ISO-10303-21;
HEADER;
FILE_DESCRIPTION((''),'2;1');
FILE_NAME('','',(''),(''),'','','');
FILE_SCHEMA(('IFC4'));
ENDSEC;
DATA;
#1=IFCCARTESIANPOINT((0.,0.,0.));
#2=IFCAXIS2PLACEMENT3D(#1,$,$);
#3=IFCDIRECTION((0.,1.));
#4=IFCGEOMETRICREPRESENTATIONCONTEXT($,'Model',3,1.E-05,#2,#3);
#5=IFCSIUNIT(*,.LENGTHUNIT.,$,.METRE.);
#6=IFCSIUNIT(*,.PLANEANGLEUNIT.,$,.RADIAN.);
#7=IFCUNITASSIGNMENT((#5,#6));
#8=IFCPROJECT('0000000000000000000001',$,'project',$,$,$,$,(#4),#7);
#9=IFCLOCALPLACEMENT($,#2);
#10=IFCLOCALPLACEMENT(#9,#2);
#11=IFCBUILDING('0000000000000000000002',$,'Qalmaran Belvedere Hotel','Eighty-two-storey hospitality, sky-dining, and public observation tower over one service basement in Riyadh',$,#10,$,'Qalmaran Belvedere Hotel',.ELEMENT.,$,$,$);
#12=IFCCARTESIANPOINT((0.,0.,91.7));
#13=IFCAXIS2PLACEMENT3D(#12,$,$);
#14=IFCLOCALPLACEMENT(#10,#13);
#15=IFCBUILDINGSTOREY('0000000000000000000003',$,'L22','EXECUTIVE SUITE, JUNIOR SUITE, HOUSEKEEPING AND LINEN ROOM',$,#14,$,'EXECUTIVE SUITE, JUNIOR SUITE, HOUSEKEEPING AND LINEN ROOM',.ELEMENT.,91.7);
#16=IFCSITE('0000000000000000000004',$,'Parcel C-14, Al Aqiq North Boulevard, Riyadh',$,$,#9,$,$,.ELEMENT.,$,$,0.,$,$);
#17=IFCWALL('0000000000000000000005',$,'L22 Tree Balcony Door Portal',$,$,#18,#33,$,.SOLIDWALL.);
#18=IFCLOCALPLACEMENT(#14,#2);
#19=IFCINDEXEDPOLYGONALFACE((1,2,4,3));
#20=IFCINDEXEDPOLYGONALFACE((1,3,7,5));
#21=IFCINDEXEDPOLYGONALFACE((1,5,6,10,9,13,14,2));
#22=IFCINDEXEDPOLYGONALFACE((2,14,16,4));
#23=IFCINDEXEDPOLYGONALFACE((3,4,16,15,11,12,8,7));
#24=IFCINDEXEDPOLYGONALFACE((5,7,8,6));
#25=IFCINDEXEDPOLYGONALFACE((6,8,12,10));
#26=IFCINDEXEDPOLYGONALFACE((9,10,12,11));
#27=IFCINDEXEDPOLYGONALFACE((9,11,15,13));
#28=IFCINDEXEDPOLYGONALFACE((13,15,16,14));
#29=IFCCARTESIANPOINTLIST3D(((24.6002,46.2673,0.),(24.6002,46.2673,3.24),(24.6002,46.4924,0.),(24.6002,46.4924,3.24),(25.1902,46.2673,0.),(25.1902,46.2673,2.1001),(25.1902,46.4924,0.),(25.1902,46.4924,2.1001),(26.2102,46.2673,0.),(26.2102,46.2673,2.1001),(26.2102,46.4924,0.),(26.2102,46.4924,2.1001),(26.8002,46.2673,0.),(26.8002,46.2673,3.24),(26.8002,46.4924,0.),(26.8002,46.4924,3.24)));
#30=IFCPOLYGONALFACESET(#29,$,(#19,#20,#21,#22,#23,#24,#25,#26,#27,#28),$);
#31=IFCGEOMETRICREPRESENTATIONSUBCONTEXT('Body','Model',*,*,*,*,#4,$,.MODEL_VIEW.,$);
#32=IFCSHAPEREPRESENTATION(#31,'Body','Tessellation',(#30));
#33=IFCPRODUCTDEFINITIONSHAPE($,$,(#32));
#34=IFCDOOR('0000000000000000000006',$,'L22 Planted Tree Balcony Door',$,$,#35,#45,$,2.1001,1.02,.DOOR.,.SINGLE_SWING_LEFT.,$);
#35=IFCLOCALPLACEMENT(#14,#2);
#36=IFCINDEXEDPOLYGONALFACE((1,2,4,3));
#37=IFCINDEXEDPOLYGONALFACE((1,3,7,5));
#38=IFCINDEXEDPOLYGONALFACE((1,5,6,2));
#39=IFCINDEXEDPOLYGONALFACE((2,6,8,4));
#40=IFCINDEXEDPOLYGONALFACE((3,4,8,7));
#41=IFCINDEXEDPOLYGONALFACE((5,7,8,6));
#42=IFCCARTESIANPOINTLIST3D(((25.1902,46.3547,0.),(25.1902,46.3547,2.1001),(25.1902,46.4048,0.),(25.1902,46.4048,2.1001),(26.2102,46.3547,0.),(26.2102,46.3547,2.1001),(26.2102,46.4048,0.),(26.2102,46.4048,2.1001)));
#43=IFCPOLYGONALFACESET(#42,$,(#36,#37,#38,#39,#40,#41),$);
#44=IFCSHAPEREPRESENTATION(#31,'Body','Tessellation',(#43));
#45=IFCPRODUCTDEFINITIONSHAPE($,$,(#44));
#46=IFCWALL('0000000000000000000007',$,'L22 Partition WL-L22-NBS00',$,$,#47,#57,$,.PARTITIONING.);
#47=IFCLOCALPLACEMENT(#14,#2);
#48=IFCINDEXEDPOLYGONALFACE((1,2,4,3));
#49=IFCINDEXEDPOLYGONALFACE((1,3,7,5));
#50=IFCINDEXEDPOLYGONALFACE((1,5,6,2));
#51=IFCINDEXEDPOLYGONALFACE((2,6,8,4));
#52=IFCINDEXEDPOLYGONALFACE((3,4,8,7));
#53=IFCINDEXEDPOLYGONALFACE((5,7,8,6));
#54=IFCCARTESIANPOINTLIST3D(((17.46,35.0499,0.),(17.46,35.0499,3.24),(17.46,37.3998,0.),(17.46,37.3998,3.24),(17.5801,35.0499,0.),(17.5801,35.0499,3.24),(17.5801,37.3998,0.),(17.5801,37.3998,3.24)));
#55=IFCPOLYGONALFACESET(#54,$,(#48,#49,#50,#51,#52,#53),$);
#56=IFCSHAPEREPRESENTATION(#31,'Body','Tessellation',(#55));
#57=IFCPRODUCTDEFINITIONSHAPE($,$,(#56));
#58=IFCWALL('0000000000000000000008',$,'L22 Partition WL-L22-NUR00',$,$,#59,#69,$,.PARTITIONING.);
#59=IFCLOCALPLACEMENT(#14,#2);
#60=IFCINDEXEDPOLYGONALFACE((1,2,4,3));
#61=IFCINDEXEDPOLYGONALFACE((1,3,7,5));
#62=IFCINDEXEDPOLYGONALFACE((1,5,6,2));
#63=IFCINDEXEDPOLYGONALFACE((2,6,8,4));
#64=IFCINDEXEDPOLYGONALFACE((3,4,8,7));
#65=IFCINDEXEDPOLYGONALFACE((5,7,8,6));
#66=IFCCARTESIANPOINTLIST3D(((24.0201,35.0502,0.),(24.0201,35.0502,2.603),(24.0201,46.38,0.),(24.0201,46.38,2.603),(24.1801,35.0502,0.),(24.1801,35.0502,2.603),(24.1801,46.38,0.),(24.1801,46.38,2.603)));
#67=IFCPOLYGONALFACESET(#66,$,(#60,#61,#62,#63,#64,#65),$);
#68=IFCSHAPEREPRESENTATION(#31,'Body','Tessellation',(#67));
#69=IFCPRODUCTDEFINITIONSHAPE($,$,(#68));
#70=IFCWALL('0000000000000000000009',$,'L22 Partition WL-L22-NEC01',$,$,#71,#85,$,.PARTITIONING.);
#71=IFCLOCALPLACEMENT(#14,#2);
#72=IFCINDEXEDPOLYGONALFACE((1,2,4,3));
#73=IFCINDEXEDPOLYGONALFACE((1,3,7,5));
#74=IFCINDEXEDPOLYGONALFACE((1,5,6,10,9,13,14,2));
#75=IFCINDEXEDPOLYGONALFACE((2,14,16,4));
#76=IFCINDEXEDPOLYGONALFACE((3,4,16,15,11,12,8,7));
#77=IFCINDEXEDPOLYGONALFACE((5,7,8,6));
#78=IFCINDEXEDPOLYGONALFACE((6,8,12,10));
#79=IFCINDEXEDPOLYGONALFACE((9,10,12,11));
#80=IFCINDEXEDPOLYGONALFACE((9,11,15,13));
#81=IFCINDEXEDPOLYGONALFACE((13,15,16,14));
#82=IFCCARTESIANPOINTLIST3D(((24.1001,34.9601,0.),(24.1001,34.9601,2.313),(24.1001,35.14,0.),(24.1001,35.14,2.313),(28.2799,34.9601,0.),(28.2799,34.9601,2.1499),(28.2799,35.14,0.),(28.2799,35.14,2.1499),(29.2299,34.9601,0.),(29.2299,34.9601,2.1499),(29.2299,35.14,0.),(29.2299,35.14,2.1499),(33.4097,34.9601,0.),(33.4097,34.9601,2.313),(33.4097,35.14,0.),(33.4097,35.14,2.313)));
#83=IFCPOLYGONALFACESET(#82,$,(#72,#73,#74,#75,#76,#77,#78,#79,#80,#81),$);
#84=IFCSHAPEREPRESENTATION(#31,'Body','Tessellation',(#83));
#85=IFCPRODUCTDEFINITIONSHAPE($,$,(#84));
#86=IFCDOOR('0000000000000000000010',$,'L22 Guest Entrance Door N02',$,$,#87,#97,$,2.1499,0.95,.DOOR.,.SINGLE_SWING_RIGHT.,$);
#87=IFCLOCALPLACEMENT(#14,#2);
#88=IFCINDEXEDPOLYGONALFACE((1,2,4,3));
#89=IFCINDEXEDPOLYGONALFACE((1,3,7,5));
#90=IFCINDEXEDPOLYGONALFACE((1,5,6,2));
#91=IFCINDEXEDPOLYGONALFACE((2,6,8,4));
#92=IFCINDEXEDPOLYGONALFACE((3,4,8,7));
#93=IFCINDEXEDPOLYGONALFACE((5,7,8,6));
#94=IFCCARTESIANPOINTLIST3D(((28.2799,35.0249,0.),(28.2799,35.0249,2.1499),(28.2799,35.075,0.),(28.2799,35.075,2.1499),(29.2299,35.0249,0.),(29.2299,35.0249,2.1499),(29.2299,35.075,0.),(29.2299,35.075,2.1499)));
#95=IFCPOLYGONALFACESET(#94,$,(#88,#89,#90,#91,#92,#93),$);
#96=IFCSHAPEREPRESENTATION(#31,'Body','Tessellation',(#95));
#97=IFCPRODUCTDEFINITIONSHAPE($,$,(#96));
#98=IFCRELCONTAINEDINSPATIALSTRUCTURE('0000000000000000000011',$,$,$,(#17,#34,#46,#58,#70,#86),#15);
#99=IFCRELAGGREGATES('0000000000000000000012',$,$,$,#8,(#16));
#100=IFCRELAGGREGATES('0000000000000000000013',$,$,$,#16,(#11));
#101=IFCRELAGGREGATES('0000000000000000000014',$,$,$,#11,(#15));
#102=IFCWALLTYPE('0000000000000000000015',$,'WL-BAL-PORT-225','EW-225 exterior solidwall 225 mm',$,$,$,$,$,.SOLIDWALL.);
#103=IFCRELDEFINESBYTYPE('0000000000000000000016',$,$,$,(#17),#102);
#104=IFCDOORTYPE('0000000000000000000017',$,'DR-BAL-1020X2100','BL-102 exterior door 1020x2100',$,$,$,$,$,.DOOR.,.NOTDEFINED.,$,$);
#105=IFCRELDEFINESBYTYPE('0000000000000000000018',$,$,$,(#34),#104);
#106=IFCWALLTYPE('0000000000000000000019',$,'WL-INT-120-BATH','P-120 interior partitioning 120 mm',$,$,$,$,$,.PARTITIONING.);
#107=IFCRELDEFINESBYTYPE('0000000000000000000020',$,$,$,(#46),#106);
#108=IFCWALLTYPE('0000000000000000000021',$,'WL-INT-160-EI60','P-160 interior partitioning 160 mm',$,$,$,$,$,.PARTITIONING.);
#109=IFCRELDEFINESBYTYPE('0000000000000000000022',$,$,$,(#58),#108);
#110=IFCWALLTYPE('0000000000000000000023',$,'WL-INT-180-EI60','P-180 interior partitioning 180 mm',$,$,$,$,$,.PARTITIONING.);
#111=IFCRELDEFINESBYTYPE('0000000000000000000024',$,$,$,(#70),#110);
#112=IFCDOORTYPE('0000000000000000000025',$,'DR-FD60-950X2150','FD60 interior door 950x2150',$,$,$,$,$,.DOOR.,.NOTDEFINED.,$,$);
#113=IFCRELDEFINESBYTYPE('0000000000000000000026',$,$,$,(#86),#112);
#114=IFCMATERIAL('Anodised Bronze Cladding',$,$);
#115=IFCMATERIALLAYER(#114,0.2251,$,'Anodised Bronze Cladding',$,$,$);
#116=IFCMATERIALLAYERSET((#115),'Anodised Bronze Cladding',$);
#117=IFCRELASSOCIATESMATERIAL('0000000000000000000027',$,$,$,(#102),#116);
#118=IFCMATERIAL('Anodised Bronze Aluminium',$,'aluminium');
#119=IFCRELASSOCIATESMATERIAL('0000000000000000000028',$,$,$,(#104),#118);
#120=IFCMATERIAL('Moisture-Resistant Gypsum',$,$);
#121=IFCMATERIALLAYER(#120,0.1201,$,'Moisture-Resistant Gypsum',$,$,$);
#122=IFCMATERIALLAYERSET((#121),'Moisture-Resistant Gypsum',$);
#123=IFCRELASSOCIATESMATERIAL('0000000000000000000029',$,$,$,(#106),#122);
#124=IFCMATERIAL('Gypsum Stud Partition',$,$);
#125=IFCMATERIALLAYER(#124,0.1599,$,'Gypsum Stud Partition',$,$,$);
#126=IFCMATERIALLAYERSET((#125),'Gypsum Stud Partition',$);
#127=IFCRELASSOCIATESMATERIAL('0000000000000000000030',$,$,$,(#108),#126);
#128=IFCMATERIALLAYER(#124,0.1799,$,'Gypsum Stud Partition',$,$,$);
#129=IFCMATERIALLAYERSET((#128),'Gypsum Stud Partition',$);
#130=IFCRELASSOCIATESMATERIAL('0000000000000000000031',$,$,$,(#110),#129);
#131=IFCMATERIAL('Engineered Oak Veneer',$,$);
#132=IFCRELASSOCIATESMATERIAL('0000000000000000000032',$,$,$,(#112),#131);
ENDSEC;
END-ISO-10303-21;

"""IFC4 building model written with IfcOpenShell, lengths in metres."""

from ifc_helpers import new_model, si_unit, direction, frame, frame_2d, origin, place, context, subcontext, project, spatial, rectangle, extrude, material, layer, layer_set, type_object, element, fill, save


model = new_model("IFC4")

# Units and contexts
model_context = context("Model", 3, precision=1e-05, world=origin(), true_north=direction((0.0, 1.0)))
body_context = subcontext(model_context, "Body", "Model", "MODEL_VIEW")
ifc_project = project(units=[si_unit("LENGTHUNIT", "METRE"), si_unit("PLANEANGLEUNIT", "RADIAN")], contexts=[model_context])

# Site, building, storey
site_placement = place(None, origin())
site = spatial("IfcSite", under=ifc_project, at=site_placement, Name="Parcel C-14, Al Aqiq North Boulevard, Riyadh", CompositionType="ELEMENT", RefElevation=0.0)
building_placement = place(site_placement, origin())
building = spatial("IfcBuilding", under=site, at=building_placement, Name="Qalmaran Belvedere Hotel", Description="Eighty-two-storey hospitality, sky-dining, and public observation tower over one service basement in Riyadh", LongName="Qalmaran Belvedere Hotel", CompositionType="ELEMENT")
storey_placement = place(building_placement, frame((0.0, 0.0, 91.7)))
storey = spatial("IfcBuildingStorey", under=building, at=storey_placement, Name="L22", Description="EXECUTIVE SUITE, JUNIOR SUITE, HOUSEKEEPING AND LINEN ROOM", LongName="EXECUTIVE SUITE, JUNIOR SUITE, HOUSEKEEPING AND LINEN ROOM", CompositionType="ELEMENT", Elevation=91.7)

# Shared definitions
ifc_material_1 = material(Name="Anodised Bronze Aluminium", Category="aluminium")

# Wall, opening, door
ifc_material_2 = material(Name="Anodised Bronze Cladding")
ifc_layer_1 = layer(ifc_material_2, 0.2251, Name="Anodised Bronze Cladding")
ifc_layer_set_1 = layer_set([ifc_layer_1], Name="Anodised Bronze Cladding")
wall_type_1 = type_object("IfcWallType", Name="WL-BAL-PORT-225", Description="EW-225 exterior solidwall 225 mm", PredefinedType="SOLIDWALL", material=ifc_layer_set_1)
wall_1_placement = place(storey_placement, frame((24.6001, 46.3799, 0.0), z_axis=(0.0, 0.0, 1.0), x_axis=(1.0, 0.0, 0.0)))
wall_1 = element("IfcWall", 1, at=wall_1_placement, inside=storey, type_object=wall_type_1, Name="L22 Tree Balcony Door Portal", PredefinedType="SOLIDWALL", context=body_context, shape_type="SweptSolid", body=[
    extrude(rectangle(XDim=2.2, YDim=0.2251, at=frame_2d((1.1001, 0.0))), origin(), (0.0, 0.0, 1.0), 3.24),
])
opening_1_placement = place(wall_1_placement, frame((0.5901, 0.0, 0.0)))
opening_1 = element("IfcOpeningElement", 2, at=opening_1_placement, cuts=wall_1, PredefinedType="OPENING", context=body_context, shape_type="SweptSolid", body=[
    extrude(rectangle(XDim=1.02, YDim=2.1001, at=frame_2d((0.51, 1.05))), frame((0.0, 0.1226, 0.0), z_axis=(0.0, -1.0, 0.0), x_axis=(1.0, 0.0, 0.0)), (0.0, 0.0, 1.0), 0.2451),
])
door_type_1 = type_object("IfcDoorType", Name="DR-BAL-1020X2100", Description="BL-102 exterior door 1020x2100", OperationType="NOTDEFINED", PredefinedType="DOOR", material=ifc_material_1)
door_1_placement = place(opening_1_placement, origin())
door_1 = element("IfcDoor", 3, at=door_1_placement, inside=storey, type_object=door_type_1, Name="L22 Planted Tree Balcony Door", OperationType="SINGLE_SWING_LEFT", OverallHeight=2.1001, OverallWidth=1.02, PredefinedType="DOOR", context=body_context, shape_type="SweptSolid", body=[
    extrude(rectangle(XDim=1.02, YDim=2.1001, at=frame_2d((0.51, 1.05))), frame((0.0, 0.0249, 0.0), z_axis=(0.0, -1.0, 0.0), x_axis=(1.0, 0.0, 0.0)), (0.0, 0.0, 1.0), 0.05),
])
fill(opening_1, door_1)

# Walls
ifc_material_3 = material(Name="Moisture-Resistant Gypsum")
ifc_layer_2 = layer(ifc_material_3, 0.1201, Name="Moisture-Resistant Gypsum")
ifc_layer_set_2 = layer_set([ifc_layer_2], Name="Moisture-Resistant Gypsum")
wall_type_2 = type_object("IfcWallType", Name="WL-INT-120-BATH", Description="P-120 interior partitioning 120 mm", PredefinedType="PARTITIONING", material=ifc_layer_set_2)
wall_2_placement = place(storey_placement, frame((17.52, 35.05, 0.0), z_axis=(0.0, 0.0, 1.0), x_axis=(0.0, 1.0, 0.0)))
element("IfcWall", 4, at=wall_2_placement, inside=storey, type_object=wall_type_2, Name="L22 Partition WL-L22-NBS00", PredefinedType="PARTITIONING", context=body_context, shape_type="SweptSolid", body=[
    extrude(rectangle(XDim=2.3499, YDim=0.1201, at=frame_2d((1.1748, 0.0))), origin(), (0.0, 0.0, 1.0), 3.24),
])
ifc_material_4 = material(Name="Gypsum Stud Partition")
ifc_layer_3 = layer(ifc_material_4, 0.1599, Name="Gypsum Stud Partition")
ifc_layer_set_3 = layer_set([ifc_layer_3], Name="Gypsum Stud Partition")
wall_type_3 = type_object("IfcWallType", Name="WL-INT-160-EI60", Description="P-160 interior partitioning 160 mm", PredefinedType="PARTITIONING", material=ifc_layer_set_3)
wall_3_placement = place(storey_placement, frame((24.1001, 35.05, 0.0), z_axis=(0.0, 0.0, 1.0), x_axis=(0.0, 1.0, 0.0)))
element("IfcWall", 5, at=wall_3_placement, inside=storey, type_object=wall_type_3, Name="L22 Partition WL-L22-NUR00", PredefinedType="PARTITIONING", context=body_context, shape_type="SweptSolid", body=[
    extrude(rectangle(XDim=11.3298, YDim=0.1599, at=frame_2d((5.665, 0.0))), origin(), (0.0, 0.0, 1.0), 2.603),
])

# Wall, opening, door
ifc_layer_4 = layer(ifc_material_4, 0.1799, Name="Gypsum Stud Partition")
ifc_layer_set_4 = layer_set([ifc_layer_4], Name="Gypsum Stud Partition")
wall_type_4 = type_object("IfcWallType", Name="WL-INT-180-EI60", Description="P-180 interior partitioning 180 mm", PredefinedType="PARTITIONING", material=ifc_layer_set_4)
ifc_material_5 = material(Name="Engineered Oak Veneer")
door_type_2 = type_object("IfcDoorType", Name="DR-FD60-950X2150", Description="FD60 interior door 950x2150", OperationType="NOTDEFINED", PredefinedType="DOOR", material=ifc_material_5)
wall_4_placement = place(storey_placement, frame((24.1001, 35.05, 0.0), z_axis=(0.0, 0.0, 1.0), x_axis=(1.0, 0.0, 0.0)))
wall_4 = element("IfcWall", 6, at=wall_4_placement, inside=storey, type_object=wall_type_4, Name="L22 Partition WL-L22-NEC01", PredefinedType="PARTITIONING", context=body_context, shape_type="SweptSolid", body=[
    extrude(rectangle(XDim=9.3096, YDim=0.1799, at=frame_2d((4.6548, 0.0))), origin(), (0.0, 0.0, 1.0), 2.313),
])
opening_2_placement = place(wall_4_placement, frame((4.1797, 0.0, 0.0)))
opening_2 = element("IfcOpeningElement", 7, at=opening_2_placement, cuts=wall_4, PredefinedType="OPENING", context=body_context, shape_type="SweptSolid", body=[
    extrude(rectangle(XDim=0.95, YDim=2.1499, at=frame_2d((0.4751, 1.075))), frame((0.0, 0.1001, 0.0), z_axis=(0.0, -1.0, 0.0), x_axis=(1.0, 0.0, 0.0)), (0.0, 0.0, 1.0), 0.2),
])
door_2_placement = place(opening_2_placement, origin())
door_2 = element("IfcDoor", 8, at=door_2_placement, inside=storey, type_object=door_type_2, Name="L22 Guest Entrance Door N02", OperationType="SINGLE_SWING_RIGHT", OverallHeight=2.1499, OverallWidth=0.95, PredefinedType="DOOR", context=body_context, shape_type="SweptSolid", body=[
    extrude(rectangle(XDim=0.95, YDim=2.1499, at=frame_2d((0.4751, 1.075))), frame((0.0, 0.0249, 0.0), z_axis=(0.0, -1.0, 0.0), x_axis=(1.0, 0.0, 0.0)), (0.0, 0.0, 1.0), 0.05),
])
fill(opening_2, door_2)

save(model, "model.ifc")
